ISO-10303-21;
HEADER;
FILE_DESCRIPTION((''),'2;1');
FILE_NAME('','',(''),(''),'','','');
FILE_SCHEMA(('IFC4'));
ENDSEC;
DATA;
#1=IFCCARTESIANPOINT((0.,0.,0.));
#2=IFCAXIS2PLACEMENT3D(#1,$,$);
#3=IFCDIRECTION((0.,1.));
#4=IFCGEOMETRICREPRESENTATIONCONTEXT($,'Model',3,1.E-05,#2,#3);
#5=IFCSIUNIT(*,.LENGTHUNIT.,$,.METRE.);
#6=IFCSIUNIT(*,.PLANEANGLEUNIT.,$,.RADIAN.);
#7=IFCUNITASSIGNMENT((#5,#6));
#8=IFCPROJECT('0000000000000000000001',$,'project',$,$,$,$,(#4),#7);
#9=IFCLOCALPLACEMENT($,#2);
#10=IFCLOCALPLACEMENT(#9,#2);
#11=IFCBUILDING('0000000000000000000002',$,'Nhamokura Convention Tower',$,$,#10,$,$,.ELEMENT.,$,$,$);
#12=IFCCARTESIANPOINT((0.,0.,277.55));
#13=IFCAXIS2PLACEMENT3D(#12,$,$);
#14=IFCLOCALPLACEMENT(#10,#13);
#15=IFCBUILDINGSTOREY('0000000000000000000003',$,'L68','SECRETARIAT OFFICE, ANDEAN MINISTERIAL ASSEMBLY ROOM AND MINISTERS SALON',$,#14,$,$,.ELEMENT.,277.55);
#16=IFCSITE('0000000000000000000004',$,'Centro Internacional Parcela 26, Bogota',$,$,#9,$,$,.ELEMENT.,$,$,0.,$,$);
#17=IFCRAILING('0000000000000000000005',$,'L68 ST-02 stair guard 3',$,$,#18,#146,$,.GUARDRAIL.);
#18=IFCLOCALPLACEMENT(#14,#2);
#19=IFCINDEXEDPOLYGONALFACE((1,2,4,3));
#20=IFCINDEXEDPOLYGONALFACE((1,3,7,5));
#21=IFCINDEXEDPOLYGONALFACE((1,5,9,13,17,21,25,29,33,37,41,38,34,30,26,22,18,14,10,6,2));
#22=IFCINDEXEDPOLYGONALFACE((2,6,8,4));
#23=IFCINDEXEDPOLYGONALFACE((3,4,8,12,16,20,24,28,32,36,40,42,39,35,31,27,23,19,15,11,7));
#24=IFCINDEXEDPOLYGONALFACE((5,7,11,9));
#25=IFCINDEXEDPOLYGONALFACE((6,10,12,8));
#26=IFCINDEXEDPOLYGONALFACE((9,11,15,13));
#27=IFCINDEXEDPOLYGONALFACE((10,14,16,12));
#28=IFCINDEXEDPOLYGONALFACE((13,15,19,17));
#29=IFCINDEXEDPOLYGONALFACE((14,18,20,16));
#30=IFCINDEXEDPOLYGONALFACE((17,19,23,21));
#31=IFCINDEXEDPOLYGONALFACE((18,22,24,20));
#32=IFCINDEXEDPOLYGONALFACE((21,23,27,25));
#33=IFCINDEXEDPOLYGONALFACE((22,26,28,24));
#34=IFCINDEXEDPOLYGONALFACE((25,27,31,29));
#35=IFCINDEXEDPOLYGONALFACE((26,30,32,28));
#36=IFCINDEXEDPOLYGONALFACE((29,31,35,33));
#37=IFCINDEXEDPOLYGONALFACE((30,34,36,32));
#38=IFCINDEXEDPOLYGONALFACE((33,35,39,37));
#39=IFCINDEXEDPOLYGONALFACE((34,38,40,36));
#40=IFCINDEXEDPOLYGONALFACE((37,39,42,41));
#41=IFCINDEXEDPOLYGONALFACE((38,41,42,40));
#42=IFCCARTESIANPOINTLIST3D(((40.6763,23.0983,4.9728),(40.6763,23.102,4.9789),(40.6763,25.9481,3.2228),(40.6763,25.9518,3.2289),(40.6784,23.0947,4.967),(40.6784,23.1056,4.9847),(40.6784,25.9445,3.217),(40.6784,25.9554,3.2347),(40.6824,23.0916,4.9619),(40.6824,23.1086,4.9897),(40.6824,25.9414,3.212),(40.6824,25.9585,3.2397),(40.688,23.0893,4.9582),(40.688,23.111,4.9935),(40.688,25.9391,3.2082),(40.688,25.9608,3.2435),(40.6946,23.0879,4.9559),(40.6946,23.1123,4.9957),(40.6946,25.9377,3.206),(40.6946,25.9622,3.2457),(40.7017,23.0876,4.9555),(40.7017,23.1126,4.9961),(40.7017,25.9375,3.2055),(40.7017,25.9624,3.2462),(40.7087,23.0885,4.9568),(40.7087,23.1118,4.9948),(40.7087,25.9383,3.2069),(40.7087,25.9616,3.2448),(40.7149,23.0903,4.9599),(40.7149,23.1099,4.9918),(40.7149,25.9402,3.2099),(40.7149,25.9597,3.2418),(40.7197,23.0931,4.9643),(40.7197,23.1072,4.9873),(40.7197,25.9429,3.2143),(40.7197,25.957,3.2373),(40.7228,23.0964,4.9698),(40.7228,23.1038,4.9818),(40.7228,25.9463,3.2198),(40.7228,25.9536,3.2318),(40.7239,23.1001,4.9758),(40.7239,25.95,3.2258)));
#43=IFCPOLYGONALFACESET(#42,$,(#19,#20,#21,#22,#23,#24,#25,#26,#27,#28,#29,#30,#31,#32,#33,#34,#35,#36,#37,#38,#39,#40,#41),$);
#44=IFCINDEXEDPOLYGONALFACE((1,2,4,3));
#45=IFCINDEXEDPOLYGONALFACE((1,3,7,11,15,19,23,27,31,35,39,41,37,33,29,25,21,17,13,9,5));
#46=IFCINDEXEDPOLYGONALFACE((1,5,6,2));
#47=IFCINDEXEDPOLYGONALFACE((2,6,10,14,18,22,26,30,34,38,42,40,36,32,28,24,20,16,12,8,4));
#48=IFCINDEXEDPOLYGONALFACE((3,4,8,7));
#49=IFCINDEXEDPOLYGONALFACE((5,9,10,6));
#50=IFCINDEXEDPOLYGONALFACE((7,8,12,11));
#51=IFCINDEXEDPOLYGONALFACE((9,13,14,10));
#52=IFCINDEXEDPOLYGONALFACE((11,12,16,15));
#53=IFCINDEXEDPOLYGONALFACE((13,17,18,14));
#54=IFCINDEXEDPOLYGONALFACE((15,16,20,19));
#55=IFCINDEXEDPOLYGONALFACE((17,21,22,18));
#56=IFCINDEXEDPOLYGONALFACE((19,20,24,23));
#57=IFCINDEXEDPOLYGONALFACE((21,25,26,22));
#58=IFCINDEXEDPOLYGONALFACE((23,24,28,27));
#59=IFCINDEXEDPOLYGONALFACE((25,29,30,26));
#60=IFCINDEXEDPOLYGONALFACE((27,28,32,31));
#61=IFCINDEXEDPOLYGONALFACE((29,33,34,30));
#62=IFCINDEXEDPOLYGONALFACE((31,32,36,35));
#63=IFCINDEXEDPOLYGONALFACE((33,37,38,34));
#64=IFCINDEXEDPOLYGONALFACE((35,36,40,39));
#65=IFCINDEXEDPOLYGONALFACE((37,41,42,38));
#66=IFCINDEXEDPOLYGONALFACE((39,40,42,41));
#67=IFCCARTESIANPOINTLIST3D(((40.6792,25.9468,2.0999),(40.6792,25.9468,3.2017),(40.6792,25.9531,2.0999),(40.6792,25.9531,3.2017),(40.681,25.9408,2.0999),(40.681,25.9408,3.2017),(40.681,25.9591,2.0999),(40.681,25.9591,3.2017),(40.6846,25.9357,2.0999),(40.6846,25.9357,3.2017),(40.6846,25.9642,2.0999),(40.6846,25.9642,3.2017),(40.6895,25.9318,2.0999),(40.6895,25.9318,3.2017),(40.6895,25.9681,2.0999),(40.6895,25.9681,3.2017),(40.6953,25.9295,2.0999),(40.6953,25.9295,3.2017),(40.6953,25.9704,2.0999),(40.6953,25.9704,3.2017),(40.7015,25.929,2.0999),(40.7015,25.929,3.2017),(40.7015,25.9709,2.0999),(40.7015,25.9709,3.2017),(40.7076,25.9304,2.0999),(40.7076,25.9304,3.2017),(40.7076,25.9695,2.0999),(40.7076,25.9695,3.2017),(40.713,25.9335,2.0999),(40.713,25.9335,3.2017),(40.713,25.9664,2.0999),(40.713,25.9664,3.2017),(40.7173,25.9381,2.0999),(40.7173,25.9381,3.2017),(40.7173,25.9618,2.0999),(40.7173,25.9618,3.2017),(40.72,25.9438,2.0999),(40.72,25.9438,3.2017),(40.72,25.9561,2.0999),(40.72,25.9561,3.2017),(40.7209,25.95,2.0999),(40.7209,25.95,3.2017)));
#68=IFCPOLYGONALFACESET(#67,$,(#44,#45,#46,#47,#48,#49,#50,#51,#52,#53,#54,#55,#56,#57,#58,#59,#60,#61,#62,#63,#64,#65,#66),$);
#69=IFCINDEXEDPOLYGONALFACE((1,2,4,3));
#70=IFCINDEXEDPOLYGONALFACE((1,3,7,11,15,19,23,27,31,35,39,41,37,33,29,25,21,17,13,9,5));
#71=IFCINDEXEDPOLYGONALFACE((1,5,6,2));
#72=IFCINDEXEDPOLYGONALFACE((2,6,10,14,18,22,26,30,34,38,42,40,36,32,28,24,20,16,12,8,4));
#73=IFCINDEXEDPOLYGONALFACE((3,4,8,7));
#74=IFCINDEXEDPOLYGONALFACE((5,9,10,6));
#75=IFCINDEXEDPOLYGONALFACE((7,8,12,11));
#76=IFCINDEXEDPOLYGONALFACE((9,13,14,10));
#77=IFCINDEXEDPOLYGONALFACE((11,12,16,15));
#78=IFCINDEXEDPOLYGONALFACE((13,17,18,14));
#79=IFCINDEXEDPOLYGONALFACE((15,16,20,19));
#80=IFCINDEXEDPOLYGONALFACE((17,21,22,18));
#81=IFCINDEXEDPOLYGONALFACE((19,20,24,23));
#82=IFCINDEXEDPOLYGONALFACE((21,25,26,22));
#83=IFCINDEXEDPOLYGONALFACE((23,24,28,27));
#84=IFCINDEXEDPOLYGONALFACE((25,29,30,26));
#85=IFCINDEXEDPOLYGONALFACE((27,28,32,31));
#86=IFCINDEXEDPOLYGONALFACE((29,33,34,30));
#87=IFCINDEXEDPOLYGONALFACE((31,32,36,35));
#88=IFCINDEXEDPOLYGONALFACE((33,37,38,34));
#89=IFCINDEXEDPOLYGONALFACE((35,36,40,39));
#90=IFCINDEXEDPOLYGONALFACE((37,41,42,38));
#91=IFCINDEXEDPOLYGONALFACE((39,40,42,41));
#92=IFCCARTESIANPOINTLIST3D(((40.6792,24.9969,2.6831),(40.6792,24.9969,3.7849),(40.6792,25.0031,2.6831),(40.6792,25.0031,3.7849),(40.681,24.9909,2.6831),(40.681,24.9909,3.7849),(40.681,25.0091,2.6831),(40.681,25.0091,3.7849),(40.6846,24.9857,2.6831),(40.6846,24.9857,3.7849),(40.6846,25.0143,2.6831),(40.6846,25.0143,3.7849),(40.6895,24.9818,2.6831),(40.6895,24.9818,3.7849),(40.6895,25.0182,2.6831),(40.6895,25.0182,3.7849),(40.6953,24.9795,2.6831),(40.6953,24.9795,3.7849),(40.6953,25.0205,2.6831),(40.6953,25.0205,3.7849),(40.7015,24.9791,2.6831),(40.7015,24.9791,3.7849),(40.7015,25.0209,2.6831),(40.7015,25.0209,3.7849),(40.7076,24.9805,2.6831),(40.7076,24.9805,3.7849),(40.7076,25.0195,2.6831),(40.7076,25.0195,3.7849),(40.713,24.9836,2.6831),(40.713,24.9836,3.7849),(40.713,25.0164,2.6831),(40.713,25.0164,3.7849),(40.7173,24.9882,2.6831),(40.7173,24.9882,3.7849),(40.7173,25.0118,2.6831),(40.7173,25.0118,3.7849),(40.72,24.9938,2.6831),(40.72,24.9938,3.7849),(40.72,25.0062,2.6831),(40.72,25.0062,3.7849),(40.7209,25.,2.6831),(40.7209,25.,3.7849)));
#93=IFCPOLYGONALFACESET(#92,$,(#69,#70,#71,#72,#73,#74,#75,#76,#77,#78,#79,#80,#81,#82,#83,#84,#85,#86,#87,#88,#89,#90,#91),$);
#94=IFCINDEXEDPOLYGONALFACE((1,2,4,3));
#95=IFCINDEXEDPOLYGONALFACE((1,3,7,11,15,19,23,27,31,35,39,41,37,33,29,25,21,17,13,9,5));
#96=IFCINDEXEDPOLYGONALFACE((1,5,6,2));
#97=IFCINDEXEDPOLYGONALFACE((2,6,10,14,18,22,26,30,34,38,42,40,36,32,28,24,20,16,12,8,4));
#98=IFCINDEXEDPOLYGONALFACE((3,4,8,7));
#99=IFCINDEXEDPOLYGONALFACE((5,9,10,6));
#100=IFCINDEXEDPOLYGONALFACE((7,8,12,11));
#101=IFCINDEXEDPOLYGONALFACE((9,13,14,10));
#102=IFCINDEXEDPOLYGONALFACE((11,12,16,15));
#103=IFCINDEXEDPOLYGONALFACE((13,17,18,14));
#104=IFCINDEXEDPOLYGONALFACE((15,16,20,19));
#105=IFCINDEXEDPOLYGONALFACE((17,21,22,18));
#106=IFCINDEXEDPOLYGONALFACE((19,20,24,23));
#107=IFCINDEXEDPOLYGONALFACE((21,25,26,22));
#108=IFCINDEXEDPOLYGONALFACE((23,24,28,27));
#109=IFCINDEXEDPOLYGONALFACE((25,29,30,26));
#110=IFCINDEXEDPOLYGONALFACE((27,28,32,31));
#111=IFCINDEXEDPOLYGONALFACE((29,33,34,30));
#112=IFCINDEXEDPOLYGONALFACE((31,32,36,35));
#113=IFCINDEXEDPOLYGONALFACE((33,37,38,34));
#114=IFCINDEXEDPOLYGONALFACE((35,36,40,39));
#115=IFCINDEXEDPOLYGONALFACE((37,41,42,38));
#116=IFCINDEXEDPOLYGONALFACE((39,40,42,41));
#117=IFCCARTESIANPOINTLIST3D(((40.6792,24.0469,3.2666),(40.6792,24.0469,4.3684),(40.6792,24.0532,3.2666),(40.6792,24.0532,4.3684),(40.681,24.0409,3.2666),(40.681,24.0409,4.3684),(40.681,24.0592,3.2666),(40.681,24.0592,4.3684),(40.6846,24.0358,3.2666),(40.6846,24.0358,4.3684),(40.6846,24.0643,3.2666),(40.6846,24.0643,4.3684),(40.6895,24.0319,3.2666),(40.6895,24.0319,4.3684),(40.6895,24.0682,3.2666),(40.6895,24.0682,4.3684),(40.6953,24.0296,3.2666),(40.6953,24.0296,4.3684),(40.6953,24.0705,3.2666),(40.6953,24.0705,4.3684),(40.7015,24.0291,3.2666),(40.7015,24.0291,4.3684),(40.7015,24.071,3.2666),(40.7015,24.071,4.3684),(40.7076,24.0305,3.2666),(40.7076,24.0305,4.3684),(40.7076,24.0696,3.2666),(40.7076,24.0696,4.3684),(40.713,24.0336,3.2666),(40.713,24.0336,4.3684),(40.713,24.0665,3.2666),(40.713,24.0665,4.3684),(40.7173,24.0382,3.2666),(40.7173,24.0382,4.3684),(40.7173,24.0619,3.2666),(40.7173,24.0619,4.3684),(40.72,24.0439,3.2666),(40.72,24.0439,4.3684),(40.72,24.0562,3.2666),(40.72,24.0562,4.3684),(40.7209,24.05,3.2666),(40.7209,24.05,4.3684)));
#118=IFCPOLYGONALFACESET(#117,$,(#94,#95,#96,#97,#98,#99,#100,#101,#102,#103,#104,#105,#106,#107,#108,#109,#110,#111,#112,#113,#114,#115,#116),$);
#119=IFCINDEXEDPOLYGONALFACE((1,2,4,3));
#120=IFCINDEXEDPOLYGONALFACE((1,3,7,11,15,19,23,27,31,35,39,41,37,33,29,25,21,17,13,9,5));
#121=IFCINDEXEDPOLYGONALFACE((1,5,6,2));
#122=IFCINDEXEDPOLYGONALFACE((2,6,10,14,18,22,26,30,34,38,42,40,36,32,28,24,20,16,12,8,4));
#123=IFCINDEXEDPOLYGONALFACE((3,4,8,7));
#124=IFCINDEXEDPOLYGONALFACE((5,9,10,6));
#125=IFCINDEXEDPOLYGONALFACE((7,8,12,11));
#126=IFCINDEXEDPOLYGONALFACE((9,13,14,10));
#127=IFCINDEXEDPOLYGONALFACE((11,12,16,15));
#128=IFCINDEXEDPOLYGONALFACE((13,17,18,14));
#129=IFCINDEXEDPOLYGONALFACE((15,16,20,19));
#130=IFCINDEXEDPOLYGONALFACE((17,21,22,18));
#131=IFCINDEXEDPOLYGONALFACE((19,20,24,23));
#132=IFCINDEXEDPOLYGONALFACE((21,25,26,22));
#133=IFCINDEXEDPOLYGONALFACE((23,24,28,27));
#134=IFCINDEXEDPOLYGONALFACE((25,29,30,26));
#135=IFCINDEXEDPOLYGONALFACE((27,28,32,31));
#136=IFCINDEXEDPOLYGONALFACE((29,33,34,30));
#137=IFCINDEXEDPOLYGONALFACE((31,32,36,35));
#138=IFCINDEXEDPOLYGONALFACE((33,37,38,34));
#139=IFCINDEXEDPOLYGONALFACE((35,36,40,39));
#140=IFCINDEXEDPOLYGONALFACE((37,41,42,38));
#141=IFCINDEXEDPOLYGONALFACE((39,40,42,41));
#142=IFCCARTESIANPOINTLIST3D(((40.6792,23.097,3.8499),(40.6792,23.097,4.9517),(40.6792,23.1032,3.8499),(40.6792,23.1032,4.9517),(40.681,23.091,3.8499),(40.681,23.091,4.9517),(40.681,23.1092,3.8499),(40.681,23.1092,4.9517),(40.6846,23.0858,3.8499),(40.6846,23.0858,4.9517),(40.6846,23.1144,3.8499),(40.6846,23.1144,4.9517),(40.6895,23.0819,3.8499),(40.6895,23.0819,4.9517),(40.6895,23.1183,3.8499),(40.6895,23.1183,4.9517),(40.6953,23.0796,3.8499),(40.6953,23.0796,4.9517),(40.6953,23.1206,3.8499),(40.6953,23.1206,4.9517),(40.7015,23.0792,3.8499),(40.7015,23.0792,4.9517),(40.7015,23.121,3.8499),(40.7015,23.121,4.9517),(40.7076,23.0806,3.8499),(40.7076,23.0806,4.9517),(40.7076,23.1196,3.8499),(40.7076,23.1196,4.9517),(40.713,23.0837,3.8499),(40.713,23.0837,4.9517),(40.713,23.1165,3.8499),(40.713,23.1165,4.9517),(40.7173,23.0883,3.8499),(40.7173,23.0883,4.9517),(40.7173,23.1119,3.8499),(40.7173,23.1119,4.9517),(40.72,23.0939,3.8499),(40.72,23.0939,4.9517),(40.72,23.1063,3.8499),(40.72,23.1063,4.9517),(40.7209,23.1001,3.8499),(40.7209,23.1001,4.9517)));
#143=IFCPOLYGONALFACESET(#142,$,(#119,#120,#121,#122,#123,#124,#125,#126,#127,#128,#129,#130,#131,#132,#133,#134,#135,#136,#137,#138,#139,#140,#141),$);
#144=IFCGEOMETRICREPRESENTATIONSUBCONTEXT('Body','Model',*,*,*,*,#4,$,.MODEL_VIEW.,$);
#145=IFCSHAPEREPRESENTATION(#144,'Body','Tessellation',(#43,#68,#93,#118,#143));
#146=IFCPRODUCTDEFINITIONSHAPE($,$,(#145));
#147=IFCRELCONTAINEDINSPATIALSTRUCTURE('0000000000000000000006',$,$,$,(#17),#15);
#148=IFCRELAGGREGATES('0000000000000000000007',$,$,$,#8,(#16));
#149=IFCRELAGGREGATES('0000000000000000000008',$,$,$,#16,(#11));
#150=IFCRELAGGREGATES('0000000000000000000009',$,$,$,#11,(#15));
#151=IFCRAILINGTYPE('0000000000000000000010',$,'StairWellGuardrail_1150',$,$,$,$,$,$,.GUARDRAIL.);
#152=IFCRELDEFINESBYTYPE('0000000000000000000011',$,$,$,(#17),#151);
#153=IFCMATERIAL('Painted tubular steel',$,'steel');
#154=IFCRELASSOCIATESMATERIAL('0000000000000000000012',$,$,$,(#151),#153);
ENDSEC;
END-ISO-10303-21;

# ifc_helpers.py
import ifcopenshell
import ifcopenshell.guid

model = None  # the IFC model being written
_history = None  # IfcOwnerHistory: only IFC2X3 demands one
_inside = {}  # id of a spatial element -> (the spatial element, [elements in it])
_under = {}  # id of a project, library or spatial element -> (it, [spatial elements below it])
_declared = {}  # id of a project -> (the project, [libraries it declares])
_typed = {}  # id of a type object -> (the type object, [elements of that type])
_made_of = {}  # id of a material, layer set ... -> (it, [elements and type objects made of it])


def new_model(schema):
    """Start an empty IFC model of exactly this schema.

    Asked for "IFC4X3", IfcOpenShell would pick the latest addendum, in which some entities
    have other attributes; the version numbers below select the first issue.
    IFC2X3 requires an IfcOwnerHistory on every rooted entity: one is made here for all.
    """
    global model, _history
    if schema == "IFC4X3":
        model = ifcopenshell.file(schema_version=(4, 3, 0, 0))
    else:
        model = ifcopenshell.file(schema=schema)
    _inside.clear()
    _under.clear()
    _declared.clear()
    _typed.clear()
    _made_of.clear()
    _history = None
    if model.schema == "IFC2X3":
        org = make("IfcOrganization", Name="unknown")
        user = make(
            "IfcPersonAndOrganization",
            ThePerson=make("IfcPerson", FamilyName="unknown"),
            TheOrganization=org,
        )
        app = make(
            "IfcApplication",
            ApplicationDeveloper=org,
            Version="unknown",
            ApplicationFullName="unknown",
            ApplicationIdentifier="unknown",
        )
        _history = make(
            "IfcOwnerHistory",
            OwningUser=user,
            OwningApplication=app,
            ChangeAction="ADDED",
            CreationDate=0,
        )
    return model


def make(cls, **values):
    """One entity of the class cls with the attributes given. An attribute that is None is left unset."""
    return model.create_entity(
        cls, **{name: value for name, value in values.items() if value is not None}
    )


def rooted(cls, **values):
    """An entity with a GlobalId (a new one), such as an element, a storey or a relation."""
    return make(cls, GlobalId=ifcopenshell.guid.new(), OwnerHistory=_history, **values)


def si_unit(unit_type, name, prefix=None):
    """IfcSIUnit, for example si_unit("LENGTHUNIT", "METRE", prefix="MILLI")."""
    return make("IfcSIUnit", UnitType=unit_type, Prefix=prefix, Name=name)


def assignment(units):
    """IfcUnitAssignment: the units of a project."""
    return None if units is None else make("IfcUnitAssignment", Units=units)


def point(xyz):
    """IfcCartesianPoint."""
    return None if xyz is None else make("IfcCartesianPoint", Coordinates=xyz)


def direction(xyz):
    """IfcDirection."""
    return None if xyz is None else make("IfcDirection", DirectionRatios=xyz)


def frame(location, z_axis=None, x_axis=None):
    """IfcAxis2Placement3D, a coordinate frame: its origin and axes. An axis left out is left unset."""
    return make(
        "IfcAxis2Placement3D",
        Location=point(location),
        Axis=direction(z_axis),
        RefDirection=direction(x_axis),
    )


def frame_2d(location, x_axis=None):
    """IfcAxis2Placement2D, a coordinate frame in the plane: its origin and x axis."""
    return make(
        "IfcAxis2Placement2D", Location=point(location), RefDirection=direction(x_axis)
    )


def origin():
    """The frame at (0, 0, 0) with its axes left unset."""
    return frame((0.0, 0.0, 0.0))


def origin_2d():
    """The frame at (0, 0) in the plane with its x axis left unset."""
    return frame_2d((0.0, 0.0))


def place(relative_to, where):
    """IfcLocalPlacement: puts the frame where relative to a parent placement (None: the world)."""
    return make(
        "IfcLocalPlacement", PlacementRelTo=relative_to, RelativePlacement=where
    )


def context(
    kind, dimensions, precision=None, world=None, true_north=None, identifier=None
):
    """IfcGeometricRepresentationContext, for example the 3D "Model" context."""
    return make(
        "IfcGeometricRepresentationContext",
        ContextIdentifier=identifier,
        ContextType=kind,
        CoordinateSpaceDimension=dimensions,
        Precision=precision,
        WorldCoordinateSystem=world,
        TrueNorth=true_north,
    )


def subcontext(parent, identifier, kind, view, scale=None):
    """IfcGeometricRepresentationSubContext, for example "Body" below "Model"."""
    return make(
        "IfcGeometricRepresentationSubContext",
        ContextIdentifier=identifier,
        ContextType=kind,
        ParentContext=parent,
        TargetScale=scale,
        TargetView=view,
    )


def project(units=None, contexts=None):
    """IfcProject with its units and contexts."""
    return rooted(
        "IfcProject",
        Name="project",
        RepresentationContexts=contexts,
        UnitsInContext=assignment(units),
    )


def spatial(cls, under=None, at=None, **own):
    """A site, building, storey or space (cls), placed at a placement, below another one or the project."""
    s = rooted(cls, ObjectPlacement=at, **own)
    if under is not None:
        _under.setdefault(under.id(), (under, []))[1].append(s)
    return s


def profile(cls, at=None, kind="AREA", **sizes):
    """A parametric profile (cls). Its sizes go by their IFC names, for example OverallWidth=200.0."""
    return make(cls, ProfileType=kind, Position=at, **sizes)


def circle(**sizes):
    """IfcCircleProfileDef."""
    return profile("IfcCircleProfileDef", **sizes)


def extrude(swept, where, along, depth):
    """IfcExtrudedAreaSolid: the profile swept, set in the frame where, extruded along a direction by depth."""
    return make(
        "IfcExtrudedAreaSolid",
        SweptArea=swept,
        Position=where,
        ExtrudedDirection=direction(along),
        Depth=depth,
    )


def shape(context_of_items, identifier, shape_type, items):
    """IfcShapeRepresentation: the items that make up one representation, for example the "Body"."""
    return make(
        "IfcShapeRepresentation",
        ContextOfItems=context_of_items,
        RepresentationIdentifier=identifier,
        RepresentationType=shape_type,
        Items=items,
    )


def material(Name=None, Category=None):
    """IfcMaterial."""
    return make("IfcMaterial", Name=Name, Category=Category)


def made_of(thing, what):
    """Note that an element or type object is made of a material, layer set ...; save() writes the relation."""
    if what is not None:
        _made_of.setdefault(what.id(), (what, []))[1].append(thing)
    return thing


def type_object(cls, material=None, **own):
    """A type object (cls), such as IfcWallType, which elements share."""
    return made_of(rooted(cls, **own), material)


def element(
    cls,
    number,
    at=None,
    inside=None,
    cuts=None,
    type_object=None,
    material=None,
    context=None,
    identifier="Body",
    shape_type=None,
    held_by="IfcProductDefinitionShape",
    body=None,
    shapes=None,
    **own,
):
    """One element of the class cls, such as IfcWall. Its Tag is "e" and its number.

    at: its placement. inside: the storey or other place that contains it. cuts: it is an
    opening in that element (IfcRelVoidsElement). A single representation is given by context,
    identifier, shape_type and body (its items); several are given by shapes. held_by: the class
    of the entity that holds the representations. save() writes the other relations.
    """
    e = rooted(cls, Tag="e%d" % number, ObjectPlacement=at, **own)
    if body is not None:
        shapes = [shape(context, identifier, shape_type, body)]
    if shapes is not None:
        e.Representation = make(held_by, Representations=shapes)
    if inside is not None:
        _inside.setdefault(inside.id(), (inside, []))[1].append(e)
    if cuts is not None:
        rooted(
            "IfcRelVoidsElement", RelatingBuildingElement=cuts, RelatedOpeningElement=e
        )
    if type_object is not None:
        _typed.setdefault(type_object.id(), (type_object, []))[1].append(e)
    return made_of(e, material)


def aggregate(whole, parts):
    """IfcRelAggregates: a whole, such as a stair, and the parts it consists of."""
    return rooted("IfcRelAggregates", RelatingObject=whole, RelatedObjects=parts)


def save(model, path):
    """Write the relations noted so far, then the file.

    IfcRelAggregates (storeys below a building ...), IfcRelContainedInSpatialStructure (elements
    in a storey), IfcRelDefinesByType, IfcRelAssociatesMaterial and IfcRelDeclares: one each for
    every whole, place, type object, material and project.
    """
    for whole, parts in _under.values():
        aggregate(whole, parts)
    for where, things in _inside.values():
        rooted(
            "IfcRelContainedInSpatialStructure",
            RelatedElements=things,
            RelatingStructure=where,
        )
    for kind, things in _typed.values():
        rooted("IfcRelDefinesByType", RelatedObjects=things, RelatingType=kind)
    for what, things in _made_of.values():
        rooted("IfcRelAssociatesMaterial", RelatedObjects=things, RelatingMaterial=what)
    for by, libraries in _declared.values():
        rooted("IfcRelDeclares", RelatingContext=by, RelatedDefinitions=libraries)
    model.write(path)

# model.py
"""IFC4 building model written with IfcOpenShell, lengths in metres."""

from ifc_helpers import new_model, si_unit, direction, frame, origin, origin_2d, place, context, subcontext, project, spatial, circle, extrude, material, type_object, element, save


model = new_model("IFC4")

# Units and contexts
model_context = context("Model", 3, precision=1e-05, world=origin(), true_north=direction((0.0, 1.0)))
body_context = subcontext(model_context, "Body", "Model", "MODEL_VIEW")
ifc_project = project(units=[si_unit("LENGTHUNIT", "METRE"), si_unit("PLANEANGLEUNIT", "RADIAN")], contexts=[model_context])

# Site, building, storey
site_placement = place(None, origin())
site = spatial("IfcSite", under=ifc_project, at=site_placement, Name="Centro Internacional Parcela 26, Bogota", CompositionType="ELEMENT", RefElevation=0.0)
building_placement = place(site_placement, origin())
building = spatial("IfcBuilding", under=site, at=building_placement, Name="Nhamokura Convention Tower", CompositionType="ELEMENT")
storey_placement = place(building_placement, frame((0.0, 0.0, 277.55)))
storey = spatial("IfcBuildingStorey", under=building, at=storey_placement, Name="L68", Description="SECRETARIAT OFFICE, ANDEAN MINISTERIAL ASSEMBLY ROOM AND MINISTERS SALON", CompositionType="ELEMENT", Elevation=277.55)

# Railing
ifc_material_1 = material(Name="Painted tubular steel", Category="steel")
railing_type_1 = type_object("IfcRailingType", Name="StairWellGuardrail_1150", PredefinedType="GUARDRAIL", material=ifc_material_1)
railing_1_placement = place(storey_placement, frame((40.7, 25.95, 2.0999)))
element("IfcRailing", 1, at=railing_1_placement, inside=storey, type_object=railing_type_1, Name="L68 ST-02 stair guard 3", PredefinedType="GUARDRAIL", context=body_context, shape_type="SweptSolid", body=[
    extrude(circle(Radius=0.0239, at=origin_2d()), frame((0.0, 0.0, 1.126), z_axis=(0.0, -0.852159, 0.523283), x_axis=(1.0, 0.0, 0.0)), (0.0, 0.0, 1.0), 3.3442),
    extrude(circle(Radius=0.021, at=origin_2d()), origin(), (0.0, 0.0, 1.0), 1.1018),
    extrude(circle(Radius=0.021, at=origin_2d()), frame((0.0, -0.95, 0.5833)), (0.0, 0.0, 1.0), 1.1018),
    extrude(circle(Radius=0.021, at=origin_2d()), frame((0.0, -1.8999, 1.1667)), (0.0, 0.0, 1.0), 1.1018),
    extrude(circle(Radius=0.021, at=origin_2d()), frame((0.0, -2.8499, 1.75)), (0.0, 0.0, 1.0), 1.1018),
])

save(model, "model.ifc")
